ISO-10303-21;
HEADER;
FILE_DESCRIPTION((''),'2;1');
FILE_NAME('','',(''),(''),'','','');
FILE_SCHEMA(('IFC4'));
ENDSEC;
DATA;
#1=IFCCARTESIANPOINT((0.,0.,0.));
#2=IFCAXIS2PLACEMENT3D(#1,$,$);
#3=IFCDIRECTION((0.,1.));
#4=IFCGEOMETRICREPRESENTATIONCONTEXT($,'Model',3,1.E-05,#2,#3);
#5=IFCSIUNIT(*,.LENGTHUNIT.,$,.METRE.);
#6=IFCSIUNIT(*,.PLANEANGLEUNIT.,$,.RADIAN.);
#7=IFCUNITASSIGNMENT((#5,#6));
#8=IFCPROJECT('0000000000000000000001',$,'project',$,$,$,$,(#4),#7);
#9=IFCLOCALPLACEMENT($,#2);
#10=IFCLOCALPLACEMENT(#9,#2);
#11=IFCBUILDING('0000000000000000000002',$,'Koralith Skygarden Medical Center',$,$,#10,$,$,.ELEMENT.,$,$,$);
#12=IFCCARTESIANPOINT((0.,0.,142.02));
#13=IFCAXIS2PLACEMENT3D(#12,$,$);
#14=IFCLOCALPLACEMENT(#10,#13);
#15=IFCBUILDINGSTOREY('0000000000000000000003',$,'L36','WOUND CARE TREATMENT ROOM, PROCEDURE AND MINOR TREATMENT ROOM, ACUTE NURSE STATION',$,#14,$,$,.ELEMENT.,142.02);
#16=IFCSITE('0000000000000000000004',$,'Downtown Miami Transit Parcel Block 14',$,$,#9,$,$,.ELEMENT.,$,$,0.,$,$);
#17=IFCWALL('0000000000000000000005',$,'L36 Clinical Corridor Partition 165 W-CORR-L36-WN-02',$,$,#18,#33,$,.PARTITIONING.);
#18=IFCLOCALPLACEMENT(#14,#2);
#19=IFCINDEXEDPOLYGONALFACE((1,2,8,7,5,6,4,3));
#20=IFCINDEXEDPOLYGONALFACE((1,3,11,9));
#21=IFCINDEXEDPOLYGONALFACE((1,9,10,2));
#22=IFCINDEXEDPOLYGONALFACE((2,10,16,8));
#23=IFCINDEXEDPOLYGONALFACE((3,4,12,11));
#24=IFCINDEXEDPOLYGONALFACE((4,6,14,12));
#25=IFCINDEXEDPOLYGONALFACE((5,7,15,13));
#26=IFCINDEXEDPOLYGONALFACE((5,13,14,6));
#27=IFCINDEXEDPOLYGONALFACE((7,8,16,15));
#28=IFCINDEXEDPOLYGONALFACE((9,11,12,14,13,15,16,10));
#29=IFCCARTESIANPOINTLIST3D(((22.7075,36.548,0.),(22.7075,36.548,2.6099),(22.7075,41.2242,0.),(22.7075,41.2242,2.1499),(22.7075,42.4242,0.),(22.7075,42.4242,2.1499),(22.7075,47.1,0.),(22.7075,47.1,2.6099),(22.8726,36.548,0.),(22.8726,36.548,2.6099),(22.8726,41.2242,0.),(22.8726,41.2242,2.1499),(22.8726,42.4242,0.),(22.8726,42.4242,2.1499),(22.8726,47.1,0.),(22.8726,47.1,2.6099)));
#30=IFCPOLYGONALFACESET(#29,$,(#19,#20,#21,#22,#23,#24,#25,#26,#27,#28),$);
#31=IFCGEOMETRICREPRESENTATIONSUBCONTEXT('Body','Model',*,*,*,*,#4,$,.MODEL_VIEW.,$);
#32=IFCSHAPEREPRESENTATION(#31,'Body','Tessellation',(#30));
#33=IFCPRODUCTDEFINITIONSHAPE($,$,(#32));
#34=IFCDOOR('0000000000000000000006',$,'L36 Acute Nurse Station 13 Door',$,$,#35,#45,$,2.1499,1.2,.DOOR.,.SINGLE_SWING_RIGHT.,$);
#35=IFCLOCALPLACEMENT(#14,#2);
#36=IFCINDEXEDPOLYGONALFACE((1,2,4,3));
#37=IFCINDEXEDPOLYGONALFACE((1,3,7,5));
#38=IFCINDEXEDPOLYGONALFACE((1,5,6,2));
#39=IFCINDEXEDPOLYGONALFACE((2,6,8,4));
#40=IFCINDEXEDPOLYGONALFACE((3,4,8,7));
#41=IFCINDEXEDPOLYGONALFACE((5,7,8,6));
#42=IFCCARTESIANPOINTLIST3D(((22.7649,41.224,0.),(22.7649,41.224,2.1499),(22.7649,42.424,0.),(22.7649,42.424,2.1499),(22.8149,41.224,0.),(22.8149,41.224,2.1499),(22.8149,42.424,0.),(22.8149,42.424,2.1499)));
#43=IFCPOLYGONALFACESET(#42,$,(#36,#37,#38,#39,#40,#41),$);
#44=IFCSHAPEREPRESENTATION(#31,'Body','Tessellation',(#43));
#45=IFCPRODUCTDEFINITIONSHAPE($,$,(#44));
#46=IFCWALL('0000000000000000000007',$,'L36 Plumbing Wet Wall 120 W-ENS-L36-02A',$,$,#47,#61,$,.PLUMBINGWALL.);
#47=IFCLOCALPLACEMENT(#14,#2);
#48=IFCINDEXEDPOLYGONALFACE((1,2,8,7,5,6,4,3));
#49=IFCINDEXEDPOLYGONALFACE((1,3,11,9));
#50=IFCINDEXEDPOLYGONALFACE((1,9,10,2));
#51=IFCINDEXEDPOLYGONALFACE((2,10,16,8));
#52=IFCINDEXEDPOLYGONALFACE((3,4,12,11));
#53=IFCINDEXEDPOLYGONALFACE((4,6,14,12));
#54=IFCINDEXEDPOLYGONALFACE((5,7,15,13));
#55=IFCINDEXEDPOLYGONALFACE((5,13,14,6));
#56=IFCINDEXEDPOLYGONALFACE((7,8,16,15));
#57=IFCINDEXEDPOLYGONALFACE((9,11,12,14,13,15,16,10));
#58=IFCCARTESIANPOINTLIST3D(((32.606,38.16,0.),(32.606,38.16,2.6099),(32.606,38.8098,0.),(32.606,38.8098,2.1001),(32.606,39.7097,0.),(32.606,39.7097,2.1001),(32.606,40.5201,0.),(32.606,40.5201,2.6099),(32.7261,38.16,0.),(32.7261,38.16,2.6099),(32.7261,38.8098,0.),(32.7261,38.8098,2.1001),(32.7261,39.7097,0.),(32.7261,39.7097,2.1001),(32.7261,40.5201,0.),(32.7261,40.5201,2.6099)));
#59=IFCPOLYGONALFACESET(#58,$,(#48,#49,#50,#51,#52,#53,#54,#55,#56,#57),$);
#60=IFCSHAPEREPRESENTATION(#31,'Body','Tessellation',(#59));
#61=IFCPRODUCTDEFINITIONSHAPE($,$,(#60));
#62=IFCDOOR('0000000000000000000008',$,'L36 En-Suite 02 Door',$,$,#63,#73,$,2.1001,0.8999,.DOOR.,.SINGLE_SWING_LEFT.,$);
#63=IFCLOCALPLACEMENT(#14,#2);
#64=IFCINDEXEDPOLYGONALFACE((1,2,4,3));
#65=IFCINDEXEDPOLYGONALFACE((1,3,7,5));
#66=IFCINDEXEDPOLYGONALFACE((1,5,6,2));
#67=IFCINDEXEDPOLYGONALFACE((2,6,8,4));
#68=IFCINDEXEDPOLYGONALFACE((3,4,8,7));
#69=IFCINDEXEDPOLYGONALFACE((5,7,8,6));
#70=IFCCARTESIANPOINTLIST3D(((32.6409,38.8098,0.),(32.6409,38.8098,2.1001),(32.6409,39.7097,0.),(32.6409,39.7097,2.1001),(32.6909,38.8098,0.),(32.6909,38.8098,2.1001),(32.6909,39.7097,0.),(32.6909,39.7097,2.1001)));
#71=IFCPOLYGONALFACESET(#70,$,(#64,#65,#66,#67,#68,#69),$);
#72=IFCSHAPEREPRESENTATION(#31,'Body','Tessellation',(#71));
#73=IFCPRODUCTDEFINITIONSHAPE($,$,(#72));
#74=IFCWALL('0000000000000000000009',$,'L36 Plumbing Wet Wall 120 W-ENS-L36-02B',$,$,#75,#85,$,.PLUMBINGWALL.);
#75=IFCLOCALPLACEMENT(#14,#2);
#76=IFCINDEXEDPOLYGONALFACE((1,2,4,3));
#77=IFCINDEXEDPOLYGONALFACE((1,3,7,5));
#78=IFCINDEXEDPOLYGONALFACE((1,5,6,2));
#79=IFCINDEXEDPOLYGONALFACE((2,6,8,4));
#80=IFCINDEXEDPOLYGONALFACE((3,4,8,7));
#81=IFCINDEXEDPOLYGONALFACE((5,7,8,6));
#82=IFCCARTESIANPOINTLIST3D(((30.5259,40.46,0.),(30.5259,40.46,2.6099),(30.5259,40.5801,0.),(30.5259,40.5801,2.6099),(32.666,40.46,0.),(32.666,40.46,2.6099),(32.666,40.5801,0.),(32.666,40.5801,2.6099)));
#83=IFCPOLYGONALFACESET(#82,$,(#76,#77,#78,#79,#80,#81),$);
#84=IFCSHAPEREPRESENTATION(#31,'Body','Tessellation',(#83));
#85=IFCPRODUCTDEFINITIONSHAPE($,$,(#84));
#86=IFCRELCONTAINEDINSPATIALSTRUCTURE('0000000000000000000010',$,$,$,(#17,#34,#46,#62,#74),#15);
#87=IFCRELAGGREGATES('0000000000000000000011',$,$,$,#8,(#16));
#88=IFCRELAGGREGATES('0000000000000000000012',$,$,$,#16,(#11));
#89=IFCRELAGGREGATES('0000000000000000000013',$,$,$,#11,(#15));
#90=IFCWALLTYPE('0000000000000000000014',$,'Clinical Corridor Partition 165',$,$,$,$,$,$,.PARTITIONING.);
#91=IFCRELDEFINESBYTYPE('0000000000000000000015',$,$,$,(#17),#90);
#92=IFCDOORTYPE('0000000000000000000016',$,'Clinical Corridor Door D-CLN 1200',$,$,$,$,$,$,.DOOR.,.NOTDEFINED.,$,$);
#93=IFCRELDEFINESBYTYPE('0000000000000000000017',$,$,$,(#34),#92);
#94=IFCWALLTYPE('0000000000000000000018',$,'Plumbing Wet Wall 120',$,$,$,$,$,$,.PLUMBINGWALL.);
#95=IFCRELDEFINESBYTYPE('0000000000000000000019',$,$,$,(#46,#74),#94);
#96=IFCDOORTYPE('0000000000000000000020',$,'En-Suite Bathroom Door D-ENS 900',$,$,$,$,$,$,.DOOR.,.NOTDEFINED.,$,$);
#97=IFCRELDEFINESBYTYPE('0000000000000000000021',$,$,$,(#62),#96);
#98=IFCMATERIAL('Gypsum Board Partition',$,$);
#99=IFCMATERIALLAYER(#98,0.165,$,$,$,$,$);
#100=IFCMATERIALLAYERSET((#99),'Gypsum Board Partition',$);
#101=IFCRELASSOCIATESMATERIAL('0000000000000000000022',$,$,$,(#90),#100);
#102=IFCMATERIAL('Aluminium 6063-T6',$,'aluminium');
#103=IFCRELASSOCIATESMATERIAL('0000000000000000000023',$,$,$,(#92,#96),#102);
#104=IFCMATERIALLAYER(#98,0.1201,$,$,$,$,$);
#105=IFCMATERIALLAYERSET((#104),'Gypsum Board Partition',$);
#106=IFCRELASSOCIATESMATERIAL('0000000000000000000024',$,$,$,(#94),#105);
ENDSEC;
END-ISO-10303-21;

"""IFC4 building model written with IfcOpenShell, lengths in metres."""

from ifc_helpers import new_model, si_unit, direction, frame, frame_2d, origin, place, context, subcontext, project, spatial, rectangle, extrude, material, layer, layer_set, type_object, element, fill, save


model = new_model("IFC4")

# Units and contexts
model_context = context("Model", 3, precision=1e-05, world=origin(), true_north=direction((0.0, 1.0)))
body_context = subcontext(model_context, "Body", "Model", "MODEL_VIEW")
ifc_project = project(units=[si_unit("LENGTHUNIT", "METRE"), si_unit("PLANEANGLEUNIT", "RADIAN")], contexts=[model_context])

# Site, building, storey
site_placement = place(None, origin())
site = spatial("IfcSite", under=ifc_project, at=site_placement, Name="Downtown Miami Transit Parcel Block 14", CompositionType="ELEMENT", RefElevation=0.0)
building_placement = place(site_placement, origin())
building = spatial("IfcBuilding", under=site, at=building_placement, Name="Koralith Skygarden Medical Center", CompositionType="ELEMENT")
storey_placement = place(building_placement, frame((0.0, 0.0, 142.02)))
storey = spatial("IfcBuildingStorey", under=building, at=storey_placement, Name="L36", Description="WOUND CARE TREATMENT ROOM, PROCEDURE AND MINOR TREATMENT ROOM, ACUTE NURSE STATION", CompositionType="ELEMENT", Elevation=142.02)

# Shared definitions
ifc_material_1 = material(Name="Aluminium 6063-T6", Category="aluminium")

# Shared definitions
ifc_material_2 = material(Name="Gypsum Board Partition")
ifc_layer_1 = layer(ifc_material_2, 0.165)
ifc_layer_set_1 = layer_set([ifc_layer_1], Name="Gypsum Board Partition")
wall_type_1 = type_object("IfcWallType", Name="Clinical Corridor Partition 165", PredefinedType="PARTITIONING", material=ifc_layer_set_1)

# Walls, openings, doors
door_type_1 = type_object("IfcDoorType", Name="Clinical Corridor Door D-CLN 1200", OperationType="NOTDEFINED", PredefinedType="DOOR", material=ifc_material_1)
wall_1_placement = place(storey_placement, frame((22.79, 36.5481, 0.0), z_axis=(0.0, 0.0, 1.0), x_axis=(0.0, 1.0, 0.0)))
wall_1 = element("IfcWall", 1, at=wall_1_placement, inside=storey, type_object=wall_type_1, Name="L36 Clinical Corridor Partition 165 W-CORR-L36-WN-02", PredefinedType="PARTITIONING", context=body_context, shape_type="SweptSolid", body=[
    extrude(rectangle(XDim=10.552, YDim=0.165, at=frame_2d((5.2759, 0.0))), origin(), (0.0, 0.0, 1.0), 2.6099),
])
opening_1_placement = place(wall_1_placement, frame((4.676, 0.0, 0.0)))
opening_1 = element("IfcOpeningElement", 2, at=opening_1_placement, cuts=wall_1, PredefinedType="OPENING", context=body_context, shape_type="SweptSolid", body=[
    extrude(rectangle(XDim=1.2, YDim=2.1499, at=frame_2d((0.6001, 1.075))), frame((0.0, 0.0925, 0.0), z_axis=(0.0, -1.0, 0.0), x_axis=(1.0, 0.0, 0.0)), (0.0, 0.0, 1.0), 0.1851),
])
door_1_placement = place(opening_1_placement, frame((1.2, 0.0, 0.0), z_axis=(0.0, 0.0, 1.0), x_axis=(-1.0, 0.0, 0.0)))
door_1 = element("IfcDoor", 3, at=door_1_placement, inside=storey, type_object=door_type_1, Name="L36 Acute Nurse Station 13 Door", OperationType="SINGLE_SWING_RIGHT", OverallHeight=2.1499, OverallWidth=1.2, PredefinedType="DOOR", context=body_context, shape_type="SweptSolid", body=[
    extrude(rectangle(XDim=1.2, YDim=2.1499, at=frame_2d((0.6001, 1.075))), frame((0.0, 0.0249, 0.0), z_axis=(0.0, -1.0, 0.0), x_axis=(1.0, 0.0, 0.0)), (0.0, 0.0, 1.0), 0.05),
])
fill(opening_1, door_1)
ifc_layer_2 = layer(ifc_material_2, 0.1201)
ifc_layer_set_2 = layer_set([ifc_layer_2], Name="Gypsum Board Partition")
wall_type_2 = type_object("IfcWallType", Name="Plumbing Wet Wall 120", PredefinedType="PLUMBINGWALL", material=ifc_layer_set_2)
wall_2_placement = place(storey_placement, frame((32.666, 38.1599, 0.0), z_axis=(0.0, 0.0, 1.0), x_axis=(0.0, 1.0, 0.0)))
wall_2 = element("IfcWall", 4, at=wall_2_placement, inside=storey, type_object=wall_type_2, Name="L36 Plumbing Wet Wall 120 W-ENS-L36-02A", PredefinedType="PLUMBINGWALL", context=body_context, shape_type="SweptSolid", body=[
    extrude(rectangle(XDim=2.3601, YDim=0.1201, at=frame_2d((1.1802, 0.0))), origin(), (0.0, 0.0, 1.0), 2.6099),
])
opening_2_placement = place(wall_2_placement, frame((0.6499, 0.0, 0.0)))
opening_2 = element("IfcOpeningElement", 5, at=opening_2_placement, cuts=wall_2, PredefinedType="OPENING", context=body_context, shape_type="SweptSolid", body=[
    extrude(rectangle(XDim=0.8999, YDim=2.1001, at=frame_2d((0.45, 1.05))), frame((0.0, 0.0701, 0.0), z_axis=(0.0, -1.0, 0.0), x_axis=(1.0, 0.0, 0.0)), (0.0, 0.0, 1.0), 0.1401),
])
door_type_2 = type_object("IfcDoorType", Name="En-Suite Bathroom Door D-ENS 900", OperationType="NOTDEFINED", PredefinedType="DOOR", material=ifc_material_1)
door_2_placement = place(opening_2_placement, frame((0.8999, 0.0, 0.0), z_axis=(0.0, 0.0, 1.0), x_axis=(-1.0, 0.0, 0.0)))
door_2 = element("IfcDoor", 6, at=door_2_placement, inside=storey, type_object=door_type_2, Name="L36 En-Suite 02 Door", OperationType="SINGLE_SWING_LEFT", OverallHeight=2.1001, OverallWidth=0.8999, PredefinedType="DOOR", context=body_context, shape_type="SweptSolid", body=[
    extrude(rectangle(XDim=0.8999, YDim=2.1001, at=frame_2d((0.45, 1.05))), frame((0.0, 0.0249, 0.0), z_axis=(0.0, -1.0, 0.0), x_axis=(1.0, 0.0, 0.0)), (0.0, 0.0, 1.0), 0.05),
])
fill(opening_2, door_2)

# Wall
wall_3_placement = place(storey_placement, frame((30.5259, 40.52, 0.0), z_axis=(0.0, 0.0, 1.0), x_axis=(1.0, 0.0, 0.0)))
element("IfcWall", 7, at=wall_3_placement, inside=storey, type_object=wall_type_2, Name="L36 Plumbing Wet Wall 120 W-ENS-L36-02B", PredefinedType="PLUMBINGWALL", context=body_context, shape_type="SweptSolid", body=[
    extrude(rectangle(XDim=2.1401, YDim=0.1201, at=frame_2d((1.0701, 0.0))), origin(), (0.0, 0.0, 1.0), 2.6099),
])

save(model, "model.ifc")
